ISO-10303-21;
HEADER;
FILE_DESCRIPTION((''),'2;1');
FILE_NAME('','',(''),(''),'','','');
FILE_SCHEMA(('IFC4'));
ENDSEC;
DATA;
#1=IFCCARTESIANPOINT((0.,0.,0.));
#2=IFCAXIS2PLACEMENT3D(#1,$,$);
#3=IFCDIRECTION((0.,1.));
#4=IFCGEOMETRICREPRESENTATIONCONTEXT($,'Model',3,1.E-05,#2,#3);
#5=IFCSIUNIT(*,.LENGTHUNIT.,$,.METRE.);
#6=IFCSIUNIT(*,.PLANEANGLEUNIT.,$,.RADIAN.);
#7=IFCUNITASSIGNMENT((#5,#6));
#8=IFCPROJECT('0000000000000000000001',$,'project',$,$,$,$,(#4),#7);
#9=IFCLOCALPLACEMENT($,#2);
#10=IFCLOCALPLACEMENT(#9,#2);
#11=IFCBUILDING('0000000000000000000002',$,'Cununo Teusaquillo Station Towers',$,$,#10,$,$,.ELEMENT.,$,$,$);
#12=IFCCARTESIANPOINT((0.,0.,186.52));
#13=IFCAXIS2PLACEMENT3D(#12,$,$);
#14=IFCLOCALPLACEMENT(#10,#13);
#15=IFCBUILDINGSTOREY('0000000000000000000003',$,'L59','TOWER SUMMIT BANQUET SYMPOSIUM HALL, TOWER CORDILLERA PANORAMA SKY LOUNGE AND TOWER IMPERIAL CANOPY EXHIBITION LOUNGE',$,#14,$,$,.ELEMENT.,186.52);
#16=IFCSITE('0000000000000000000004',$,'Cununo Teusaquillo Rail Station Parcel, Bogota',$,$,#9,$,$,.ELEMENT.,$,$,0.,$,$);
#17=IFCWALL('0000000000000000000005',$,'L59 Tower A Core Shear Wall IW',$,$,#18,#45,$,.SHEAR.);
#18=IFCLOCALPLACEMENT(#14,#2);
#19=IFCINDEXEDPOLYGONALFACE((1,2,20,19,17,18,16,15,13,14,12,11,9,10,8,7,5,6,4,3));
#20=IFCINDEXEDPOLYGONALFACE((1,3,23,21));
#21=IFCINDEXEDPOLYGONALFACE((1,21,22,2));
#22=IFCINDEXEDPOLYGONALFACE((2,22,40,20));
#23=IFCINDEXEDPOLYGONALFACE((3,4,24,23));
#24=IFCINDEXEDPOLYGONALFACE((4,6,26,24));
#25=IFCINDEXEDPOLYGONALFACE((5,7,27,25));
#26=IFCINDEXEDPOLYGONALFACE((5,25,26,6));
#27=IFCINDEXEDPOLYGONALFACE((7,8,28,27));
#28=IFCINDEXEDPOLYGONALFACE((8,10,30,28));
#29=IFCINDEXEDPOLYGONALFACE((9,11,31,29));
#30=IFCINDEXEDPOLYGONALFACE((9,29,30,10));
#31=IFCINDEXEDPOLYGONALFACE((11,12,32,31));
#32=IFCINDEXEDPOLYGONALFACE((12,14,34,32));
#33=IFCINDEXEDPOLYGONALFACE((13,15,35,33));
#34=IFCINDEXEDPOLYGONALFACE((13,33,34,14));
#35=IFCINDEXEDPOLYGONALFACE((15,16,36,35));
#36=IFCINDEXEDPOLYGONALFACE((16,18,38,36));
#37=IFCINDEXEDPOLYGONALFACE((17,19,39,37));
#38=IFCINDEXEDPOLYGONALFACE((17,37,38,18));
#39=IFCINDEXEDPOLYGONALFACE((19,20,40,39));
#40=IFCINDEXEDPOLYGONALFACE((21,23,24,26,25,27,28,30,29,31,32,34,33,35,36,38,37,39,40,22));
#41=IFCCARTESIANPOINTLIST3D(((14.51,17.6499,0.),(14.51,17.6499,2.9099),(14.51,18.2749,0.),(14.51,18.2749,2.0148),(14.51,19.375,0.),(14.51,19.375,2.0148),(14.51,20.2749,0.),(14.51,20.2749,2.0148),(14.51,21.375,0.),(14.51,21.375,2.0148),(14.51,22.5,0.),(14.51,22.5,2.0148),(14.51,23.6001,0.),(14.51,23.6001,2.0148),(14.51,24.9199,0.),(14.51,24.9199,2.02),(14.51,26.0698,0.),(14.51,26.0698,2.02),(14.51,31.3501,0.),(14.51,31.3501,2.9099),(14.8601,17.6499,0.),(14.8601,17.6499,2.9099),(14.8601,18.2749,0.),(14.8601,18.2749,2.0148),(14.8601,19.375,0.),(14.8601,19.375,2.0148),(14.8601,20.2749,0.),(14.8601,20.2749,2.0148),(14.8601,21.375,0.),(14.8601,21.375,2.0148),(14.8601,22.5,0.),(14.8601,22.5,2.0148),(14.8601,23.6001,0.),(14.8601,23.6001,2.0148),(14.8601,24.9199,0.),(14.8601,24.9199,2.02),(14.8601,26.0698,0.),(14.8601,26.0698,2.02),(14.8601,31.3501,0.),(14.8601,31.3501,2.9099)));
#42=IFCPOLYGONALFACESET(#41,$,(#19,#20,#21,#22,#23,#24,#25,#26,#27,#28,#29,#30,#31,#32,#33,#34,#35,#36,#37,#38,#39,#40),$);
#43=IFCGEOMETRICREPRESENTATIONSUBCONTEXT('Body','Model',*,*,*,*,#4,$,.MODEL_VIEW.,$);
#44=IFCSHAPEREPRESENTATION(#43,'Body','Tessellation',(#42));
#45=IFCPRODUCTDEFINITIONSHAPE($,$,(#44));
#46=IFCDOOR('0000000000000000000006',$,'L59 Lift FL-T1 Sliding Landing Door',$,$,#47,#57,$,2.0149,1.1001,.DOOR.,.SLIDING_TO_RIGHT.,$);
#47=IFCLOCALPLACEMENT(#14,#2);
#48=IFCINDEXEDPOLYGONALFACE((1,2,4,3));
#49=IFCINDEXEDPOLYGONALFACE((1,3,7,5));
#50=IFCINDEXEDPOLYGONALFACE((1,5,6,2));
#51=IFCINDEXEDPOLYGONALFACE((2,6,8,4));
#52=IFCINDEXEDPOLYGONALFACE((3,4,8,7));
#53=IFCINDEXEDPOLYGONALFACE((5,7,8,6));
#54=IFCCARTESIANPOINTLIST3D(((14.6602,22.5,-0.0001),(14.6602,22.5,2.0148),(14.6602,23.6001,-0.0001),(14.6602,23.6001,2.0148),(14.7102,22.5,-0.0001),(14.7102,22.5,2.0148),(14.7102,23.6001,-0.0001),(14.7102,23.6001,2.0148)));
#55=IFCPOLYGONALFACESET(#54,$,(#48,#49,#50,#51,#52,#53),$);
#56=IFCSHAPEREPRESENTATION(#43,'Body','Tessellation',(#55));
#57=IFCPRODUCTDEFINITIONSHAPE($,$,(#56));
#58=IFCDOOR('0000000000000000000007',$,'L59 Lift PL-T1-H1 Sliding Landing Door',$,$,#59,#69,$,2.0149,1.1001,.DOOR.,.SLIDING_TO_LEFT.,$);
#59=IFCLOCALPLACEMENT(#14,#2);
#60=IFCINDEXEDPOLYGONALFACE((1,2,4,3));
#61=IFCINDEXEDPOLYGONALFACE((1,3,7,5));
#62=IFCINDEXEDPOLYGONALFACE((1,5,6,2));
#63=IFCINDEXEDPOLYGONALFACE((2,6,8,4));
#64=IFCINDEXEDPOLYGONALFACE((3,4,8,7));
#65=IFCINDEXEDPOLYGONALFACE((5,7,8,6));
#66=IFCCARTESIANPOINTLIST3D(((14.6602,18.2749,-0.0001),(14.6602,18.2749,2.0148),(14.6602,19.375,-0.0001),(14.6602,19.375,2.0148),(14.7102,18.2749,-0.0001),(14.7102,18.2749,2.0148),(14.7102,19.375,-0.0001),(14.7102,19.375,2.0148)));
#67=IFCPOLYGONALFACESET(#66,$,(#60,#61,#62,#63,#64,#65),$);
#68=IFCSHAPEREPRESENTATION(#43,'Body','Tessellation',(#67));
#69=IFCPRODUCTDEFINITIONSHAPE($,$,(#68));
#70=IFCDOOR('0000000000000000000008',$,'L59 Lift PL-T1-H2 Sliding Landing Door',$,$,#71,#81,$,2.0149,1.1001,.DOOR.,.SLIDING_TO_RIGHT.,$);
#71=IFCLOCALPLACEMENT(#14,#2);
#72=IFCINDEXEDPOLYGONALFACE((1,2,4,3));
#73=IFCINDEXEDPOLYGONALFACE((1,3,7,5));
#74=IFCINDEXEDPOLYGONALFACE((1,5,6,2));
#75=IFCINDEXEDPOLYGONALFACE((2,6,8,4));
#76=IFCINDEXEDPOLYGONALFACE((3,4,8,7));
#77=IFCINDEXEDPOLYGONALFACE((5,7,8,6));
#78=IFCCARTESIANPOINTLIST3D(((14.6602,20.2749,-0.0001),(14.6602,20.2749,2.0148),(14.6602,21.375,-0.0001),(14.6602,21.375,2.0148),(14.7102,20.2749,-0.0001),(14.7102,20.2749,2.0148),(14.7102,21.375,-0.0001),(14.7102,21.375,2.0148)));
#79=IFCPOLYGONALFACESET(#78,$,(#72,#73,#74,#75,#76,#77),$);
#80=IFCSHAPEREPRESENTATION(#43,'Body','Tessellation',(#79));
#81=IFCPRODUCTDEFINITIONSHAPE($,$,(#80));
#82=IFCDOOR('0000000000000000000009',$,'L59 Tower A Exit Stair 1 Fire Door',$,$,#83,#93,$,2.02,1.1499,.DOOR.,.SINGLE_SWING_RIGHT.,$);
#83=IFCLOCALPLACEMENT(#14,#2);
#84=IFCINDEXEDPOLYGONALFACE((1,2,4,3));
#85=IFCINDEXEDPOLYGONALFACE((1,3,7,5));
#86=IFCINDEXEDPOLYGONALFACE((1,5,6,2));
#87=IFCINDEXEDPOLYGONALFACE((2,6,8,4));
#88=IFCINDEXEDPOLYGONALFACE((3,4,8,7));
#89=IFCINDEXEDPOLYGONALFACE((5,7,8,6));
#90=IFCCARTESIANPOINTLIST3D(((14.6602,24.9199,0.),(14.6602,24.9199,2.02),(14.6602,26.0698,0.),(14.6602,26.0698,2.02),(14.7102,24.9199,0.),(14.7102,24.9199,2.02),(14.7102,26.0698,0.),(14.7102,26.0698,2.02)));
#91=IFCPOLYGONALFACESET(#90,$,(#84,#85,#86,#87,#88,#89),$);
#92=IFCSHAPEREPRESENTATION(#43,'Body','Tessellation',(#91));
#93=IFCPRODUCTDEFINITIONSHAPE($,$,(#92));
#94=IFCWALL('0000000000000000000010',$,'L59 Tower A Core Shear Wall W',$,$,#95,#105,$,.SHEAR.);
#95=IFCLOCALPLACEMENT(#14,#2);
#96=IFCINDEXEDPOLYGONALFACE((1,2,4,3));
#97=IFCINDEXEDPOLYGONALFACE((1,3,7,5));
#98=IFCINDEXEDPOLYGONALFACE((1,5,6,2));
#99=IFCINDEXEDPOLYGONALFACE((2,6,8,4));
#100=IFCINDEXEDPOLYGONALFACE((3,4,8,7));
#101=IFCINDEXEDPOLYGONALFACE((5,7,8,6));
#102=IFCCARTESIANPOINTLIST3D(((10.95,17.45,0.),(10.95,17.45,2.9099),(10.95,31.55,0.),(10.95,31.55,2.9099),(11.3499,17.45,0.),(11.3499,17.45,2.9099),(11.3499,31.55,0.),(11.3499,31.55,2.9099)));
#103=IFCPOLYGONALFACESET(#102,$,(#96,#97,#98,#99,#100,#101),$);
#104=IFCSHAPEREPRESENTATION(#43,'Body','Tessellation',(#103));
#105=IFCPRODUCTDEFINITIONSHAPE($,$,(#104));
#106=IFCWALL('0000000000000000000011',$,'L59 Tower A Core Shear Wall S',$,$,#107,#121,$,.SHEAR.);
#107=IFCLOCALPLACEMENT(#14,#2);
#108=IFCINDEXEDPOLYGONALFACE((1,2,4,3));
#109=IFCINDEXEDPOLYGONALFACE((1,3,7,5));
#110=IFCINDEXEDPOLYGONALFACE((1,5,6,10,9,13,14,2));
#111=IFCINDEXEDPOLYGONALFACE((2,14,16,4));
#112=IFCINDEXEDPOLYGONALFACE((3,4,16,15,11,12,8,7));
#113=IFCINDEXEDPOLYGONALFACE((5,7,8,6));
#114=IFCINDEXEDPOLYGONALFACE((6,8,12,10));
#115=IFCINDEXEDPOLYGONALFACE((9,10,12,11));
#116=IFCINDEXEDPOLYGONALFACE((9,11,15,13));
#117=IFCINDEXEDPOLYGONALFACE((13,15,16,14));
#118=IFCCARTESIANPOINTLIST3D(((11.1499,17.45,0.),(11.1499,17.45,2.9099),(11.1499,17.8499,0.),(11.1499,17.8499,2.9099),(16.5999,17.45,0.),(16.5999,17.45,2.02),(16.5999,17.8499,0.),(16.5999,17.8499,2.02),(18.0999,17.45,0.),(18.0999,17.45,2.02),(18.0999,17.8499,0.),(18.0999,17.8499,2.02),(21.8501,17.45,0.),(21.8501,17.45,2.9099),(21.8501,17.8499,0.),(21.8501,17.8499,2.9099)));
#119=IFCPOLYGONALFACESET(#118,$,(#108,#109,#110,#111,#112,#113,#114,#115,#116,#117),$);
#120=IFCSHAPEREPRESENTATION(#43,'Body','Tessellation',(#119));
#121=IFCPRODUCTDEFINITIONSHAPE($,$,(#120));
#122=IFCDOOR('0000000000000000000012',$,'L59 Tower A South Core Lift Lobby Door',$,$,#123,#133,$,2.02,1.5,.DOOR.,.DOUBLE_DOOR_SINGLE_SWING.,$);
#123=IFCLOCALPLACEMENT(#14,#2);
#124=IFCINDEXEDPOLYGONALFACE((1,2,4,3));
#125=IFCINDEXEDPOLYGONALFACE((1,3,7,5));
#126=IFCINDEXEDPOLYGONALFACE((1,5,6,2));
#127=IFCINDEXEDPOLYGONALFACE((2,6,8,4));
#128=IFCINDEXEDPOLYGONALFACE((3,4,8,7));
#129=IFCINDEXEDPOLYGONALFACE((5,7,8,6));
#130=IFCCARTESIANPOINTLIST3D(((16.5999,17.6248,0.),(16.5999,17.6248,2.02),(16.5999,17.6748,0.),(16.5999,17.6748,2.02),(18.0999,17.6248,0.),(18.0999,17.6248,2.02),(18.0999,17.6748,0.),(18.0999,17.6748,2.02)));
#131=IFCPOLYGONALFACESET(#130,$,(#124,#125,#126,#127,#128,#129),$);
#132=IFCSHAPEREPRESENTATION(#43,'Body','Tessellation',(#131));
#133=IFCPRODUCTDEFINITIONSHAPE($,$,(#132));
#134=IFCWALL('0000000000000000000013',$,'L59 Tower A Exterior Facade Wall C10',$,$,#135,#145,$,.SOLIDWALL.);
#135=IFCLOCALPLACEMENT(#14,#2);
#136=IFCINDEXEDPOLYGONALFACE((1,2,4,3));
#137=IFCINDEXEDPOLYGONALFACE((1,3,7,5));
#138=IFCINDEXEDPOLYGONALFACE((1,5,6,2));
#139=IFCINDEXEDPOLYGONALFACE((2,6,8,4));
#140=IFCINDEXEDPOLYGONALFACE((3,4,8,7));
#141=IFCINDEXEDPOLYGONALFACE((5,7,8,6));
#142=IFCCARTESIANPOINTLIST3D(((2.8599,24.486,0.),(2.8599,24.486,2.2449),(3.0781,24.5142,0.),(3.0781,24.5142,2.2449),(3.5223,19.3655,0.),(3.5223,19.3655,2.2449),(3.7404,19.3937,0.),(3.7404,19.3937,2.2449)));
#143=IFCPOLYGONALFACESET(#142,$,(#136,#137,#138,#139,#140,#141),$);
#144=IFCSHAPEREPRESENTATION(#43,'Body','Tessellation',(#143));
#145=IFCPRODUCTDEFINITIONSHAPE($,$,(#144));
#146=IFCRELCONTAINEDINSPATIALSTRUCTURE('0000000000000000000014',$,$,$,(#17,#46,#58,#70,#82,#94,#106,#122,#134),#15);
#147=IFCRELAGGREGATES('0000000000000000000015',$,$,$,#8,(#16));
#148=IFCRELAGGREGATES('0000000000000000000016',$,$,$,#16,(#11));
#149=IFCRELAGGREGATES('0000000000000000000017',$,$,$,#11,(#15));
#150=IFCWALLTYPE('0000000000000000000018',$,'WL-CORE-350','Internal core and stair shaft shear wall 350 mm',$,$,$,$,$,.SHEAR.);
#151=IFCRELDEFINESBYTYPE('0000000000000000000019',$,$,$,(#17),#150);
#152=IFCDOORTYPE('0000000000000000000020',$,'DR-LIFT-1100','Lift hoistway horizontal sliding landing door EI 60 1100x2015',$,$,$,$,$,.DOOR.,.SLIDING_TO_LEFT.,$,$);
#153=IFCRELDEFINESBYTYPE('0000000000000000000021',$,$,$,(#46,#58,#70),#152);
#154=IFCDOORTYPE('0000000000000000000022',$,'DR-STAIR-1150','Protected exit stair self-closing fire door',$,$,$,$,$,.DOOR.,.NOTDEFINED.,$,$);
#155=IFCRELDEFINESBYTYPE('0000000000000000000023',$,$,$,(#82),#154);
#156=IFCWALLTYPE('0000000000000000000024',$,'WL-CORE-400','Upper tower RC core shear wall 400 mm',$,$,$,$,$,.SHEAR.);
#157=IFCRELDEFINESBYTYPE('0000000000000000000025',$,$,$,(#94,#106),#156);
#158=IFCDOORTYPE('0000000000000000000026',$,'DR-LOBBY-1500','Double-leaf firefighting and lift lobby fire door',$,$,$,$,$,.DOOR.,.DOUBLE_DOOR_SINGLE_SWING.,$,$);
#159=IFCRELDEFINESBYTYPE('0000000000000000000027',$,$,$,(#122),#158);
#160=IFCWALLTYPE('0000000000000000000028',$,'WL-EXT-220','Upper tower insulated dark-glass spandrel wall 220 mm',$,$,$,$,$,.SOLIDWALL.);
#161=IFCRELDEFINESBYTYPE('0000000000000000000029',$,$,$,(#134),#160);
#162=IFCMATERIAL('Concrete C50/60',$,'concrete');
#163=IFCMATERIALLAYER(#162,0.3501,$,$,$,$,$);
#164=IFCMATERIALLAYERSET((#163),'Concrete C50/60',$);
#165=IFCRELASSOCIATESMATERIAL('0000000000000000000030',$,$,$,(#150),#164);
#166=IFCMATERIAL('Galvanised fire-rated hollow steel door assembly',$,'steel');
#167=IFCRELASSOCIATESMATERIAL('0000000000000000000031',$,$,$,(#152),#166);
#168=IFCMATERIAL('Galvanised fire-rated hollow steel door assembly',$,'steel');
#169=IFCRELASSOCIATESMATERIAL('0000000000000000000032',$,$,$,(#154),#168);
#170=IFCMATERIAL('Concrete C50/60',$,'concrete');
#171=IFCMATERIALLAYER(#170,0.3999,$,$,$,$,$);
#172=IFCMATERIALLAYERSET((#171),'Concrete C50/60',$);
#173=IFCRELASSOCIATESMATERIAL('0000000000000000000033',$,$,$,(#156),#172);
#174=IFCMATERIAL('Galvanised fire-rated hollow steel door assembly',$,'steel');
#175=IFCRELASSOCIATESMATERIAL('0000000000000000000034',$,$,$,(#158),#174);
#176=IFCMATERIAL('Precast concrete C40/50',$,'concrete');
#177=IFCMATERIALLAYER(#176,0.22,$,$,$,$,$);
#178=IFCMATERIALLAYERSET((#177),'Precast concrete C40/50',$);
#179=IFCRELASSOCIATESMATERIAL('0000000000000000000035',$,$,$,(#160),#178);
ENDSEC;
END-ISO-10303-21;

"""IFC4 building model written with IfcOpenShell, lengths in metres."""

from ifc_helpers import new_model, si_unit, direction, frame, frame_2d, origin, place, context, subcontext, project, spatial, rectangle, extrude, source, transform, mapped, material, layer, layer_set, type_object, element, fill, save


model = new_model("IFC4")

# Units and contexts
model_context = context("Model", 3, precision=1e-05, world=origin(), true_north=direction((0.0, 1.0)))
body_context = subcontext(model_context, "Body", "Model", "MODEL_VIEW")
ifc_project = project(units=[si_unit("LENGTHUNIT", "METRE"), si_unit("PLANEANGLEUNIT", "RADIAN")], contexts=[model_context])

# Site, building, storey
site_placement = place(None, origin())
site = spatial("IfcSite", under=ifc_project, at=site_placement, Name="Cununo Teusaquillo Rail Station Parcel, Bogota", CompositionType="ELEMENT", RefElevation=0.0)
building_placement = place(site_placement, origin())
building = spatial("IfcBuilding", under=site, at=building_placement, Name="Cununo Teusaquillo Station Towers", CompositionType="ELEMENT")
storey_placement = place(building_placement, frame((0.0, 0.0, 186.52)))
storey = spatial("IfcBuildingStorey", under=building, at=storey_placement, Name="L59", Description="TOWER SUMMIT BANQUET SYMPOSIUM HALL, TOWER CORDILLERA PANORAMA SKY LOUNGE AND TOWER IMPERIAL CANOPY EXHIBITION LOUNGE", CompositionType="ELEMENT", Elevation=186.52)

# Wall, openings, doors
ifc_material_1 = material(Name="Concrete C50/60", Category="concrete")
ifc_layer_1 = layer(ifc_material_1, 0.3501)
ifc_layer_set_1 = layer_set([ifc_layer_1], Name="Concrete C50/60")
wall_type_1 = type_object("IfcWallType", Name="WL-CORE-350", Description="Internal core and stair shaft shear wall 350 mm", PredefinedType="SHEAR", material=ifc_layer_set_1)
wall_1_placement = place(storey_placement, frame((14.6851, 17.6499, 0.0), z_axis=(0.0, 0.0, 1.0), x_axis=(0.0, 1.0, 0.0)))
wall_1 = element("IfcWall", 1, at=wall_1_placement, inside=storey, type_object=wall_type_1, Name="L59 Tower A Core Shear Wall IW", PredefinedType="SHEAR", context=body_context, shape_type="SweptSolid", body=[
    extrude(rectangle(XDim=13.7002, YDim=0.3501, at=frame_2d((6.8501, 0.0))), origin(), (0.0, 0.0, 1.0), 2.9099),
])
shared_shape_1 = source(origin(), body_context, "Body", "SweptSolid", [
    extrude(rectangle(XDim=1.1001, YDim=2.0149, at=frame_2d((0.55, 1.0073))), frame((0.0, 0.1851, 0.0), z_axis=(0.0, -1.0, 0.0), x_axis=(1.0, 0.0, 0.0)), (0.0, 0.0, 1.0), 0.3701),
])
opening_1_placement = place(wall_1_placement, frame((4.8501, 0.0, 0.0)))
opening_1 = element("IfcOpeningElement", 2, at=opening_1_placement, cuts=wall_1, PredefinedType="OPENING", context=body_context, shape_type="MappedRepresentation", body=[
    mapped(shared_shape_1, transform((0.0, 0.0, 0.0), x_axis=(1.0, 0.0, 0.0), y_axis=(0.0, 1.0, 0.0), z_axis=(0.0, 0.0, 1.0), scale=1.0)),
])
opening_2_placement = place(wall_1_placement, frame((0.625, 0.0, 0.0)))
opening_2 = element("IfcOpeningElement", 3, at=opening_2_placement, cuts=wall_1, PredefinedType="OPENING", context=body_context, shape_type="MappedRepresentation", body=[
    mapped(shared_shape_1, transform((0.0, 0.0, 0.0), x_axis=(1.0, 0.0, 0.0), y_axis=(0.0, 1.0, 0.0), z_axis=(0.0, 0.0, 1.0), scale=1.0)),
])
opening_3_placement = place(wall_1_placement, frame((2.625, 0.0, 0.0)))
opening_3 = element("IfcOpeningElement", 4, at=opening_3_placement, cuts=wall_1, PredefinedType="OPENING", context=body_context, shape_type="MappedRepresentation", body=[
    mapped(shared_shape_1, transform((0.0, 0.0, 0.0), x_axis=(1.0, 0.0, 0.0), y_axis=(0.0, 1.0, 0.0), z_axis=(0.0, 0.0, 1.0), scale=1.0)),
])
shared_shape_2 = source(origin(), body_context, "Body", "SweptSolid", [
    extrude(rectangle(XDim=1.1499, YDim=2.02, at=frame_2d((0.575, 1.01))), frame((0.0, 0.1851, 0.0), z_axis=(0.0, -1.0, 0.0), x_axis=(1.0, 0.0, 0.0)), (0.0, 0.0, 1.0), 0.3701),
])
opening_4_placement = place(wall_1_placement, frame((7.27, 0.0, 0.0)))
opening_4 = element("IfcOpeningElement", 5, at=opening_4_placement, cuts=wall_1, PredefinedType="OPENING", context=body_context, shape_type="MappedRepresentation", body=[
    mapped(shared_shape_2, transform((0.0, 0.0, 0.0), x_axis=(1.0, 0.0, 0.0), y_axis=(0.0, 1.0, 0.0), z_axis=(0.0, 0.0, 1.0), scale=1.0)),
])
ifc_material_2 = material(Name="Galvanised fire-rated hollow steel door assembly", Category="steel")
door_type_1 = type_object("IfcDoorType", Name="DR-LIFT-1100", Description="Lift hoistway horizontal sliding landing door EI 60 1100x2015", OperationType="SLIDING_TO_LEFT", PredefinedType="DOOR", material=ifc_material_2)
shared_shape_3 = source(origin(), body_context, "Body", "SweptSolid", [
    extrude(rectangle(XDim=1.1001, YDim=2.0149, at=frame_2d((0.55, 1.0073))), frame((0.0, 0.0249, 0.0), z_axis=(0.0, -1.0, 0.0), x_axis=(1.0, 0.0, 0.0)), (0.0, 0.0, 1.0), 0.05),
])
door_1_placement = place(opening_1_placement, origin())
door_1 = element("IfcDoor", 6, at=door_1_placement, inside=storey, type_object=door_type_1, Name="L59 Lift FL-T1 Sliding Landing Door", OperationType="SLIDING_TO_RIGHT", OverallHeight=2.0149, OverallWidth=1.1001, PredefinedType="DOOR", context=body_context, shape_type="MappedRepresentation", body=[
    mapped(shared_shape_3, transform((0.0, 0.0, 0.0), x_axis=(1.0, 0.0, 0.0), y_axis=(0.0, 1.0, 0.0), z_axis=(0.0, 0.0, 1.0), scale=1.0)),
])
fill(opening_1, door_1)
door_2_placement = place(opening_2_placement, origin())
door_2 = element("IfcDoor", 7, at=door_2_placement, inside=storey, type_object=door_type_1, Name="L59 Lift PL-T1-H1 Sliding Landing Door", OperationType="SLIDING_TO_LEFT", OverallHeight=2.0149, OverallWidth=1.1001, PredefinedType="DOOR", context=body_context, shape_type="MappedRepresentation", body=[
    mapped(shared_shape_3, transform((0.0, 0.0, 0.0), x_axis=(1.0, 0.0, 0.0), y_axis=(0.0, 1.0, 0.0), z_axis=(0.0, 0.0, 1.0), scale=1.0)),
])
fill(opening_2, door_2)
door_3_placement = place(opening_3_placement, origin())
door_3 = element("IfcDoor", 8, at=door_3_placement, inside=storey, type_object=door_type_1, Name="L59 Lift PL-T1-H2 Sliding Landing Door", OperationType="SLIDING_TO_RIGHT", OverallHeight=2.0149, OverallWidth=1.1001, PredefinedType="DOOR", context=body_context, shape_type="MappedRepresentation", body=[
    mapped(shared_shape_3, transform((0.0, 0.0, 0.0), x_axis=(1.0, 0.0, 0.0), y_axis=(0.0, 1.0, 0.0), z_axis=(0.0, 0.0, 1.0), scale=1.0)),
])
fill(opening_3, door_3)
ifc_material_3 = material(Name="Galvanised fire-rated hollow steel door assembly", Category="steel")
door_type_2 = type_object("IfcDoorType", Name="DR-STAIR-1150", Description="Protected exit stair self-closing fire door", OperationType="NOTDEFINED", PredefinedType="DOOR", material=ifc_material_3)
shared_shape_4 = source(origin(), body_context, "Body", "SweptSolid", [
    extrude(rectangle(XDim=1.1499, YDim=2.02, at=frame_2d((0.575, 1.01))), frame((0.0, 0.0249, 0.0), z_axis=(0.0, -1.0, 0.0), x_axis=(1.0, 0.0, 0.0)), (0.0, 0.0, 1.0), 0.05),
])
door_4_placement = place(opening_4_placement, origin())
door_4 = element("IfcDoor", 9, at=door_4_placement, inside=storey, type_object=door_type_2, Name="L59 Tower A Exit Stair 1 Fire Door", OperationType="SINGLE_SWING_RIGHT", OverallHeight=2.02, OverallWidth=1.1499, PredefinedType="DOOR", context=body_context, shape_type="MappedRepresentation", body=[
    mapped(shared_shape_4, transform((0.0, 0.0, 0.0), x_axis=(1.0, 0.0, 0.0), y_axis=(0.0, 1.0, 0.0), z_axis=(0.0, 0.0, 1.0), scale=1.0)),
])
fill(opening_4, door_4)

# Wall
ifc_material_4 = material(Name="Concrete C50/60", Category="concrete")
ifc_layer_2 = layer(ifc_material_4, 0.3999)
ifc_layer_set_2 = layer_set([ifc_layer_2], Name="Concrete C50/60")
wall_type_2 = type_object("IfcWallType", Name="WL-CORE-400", Description="Upper tower RC core shear wall 400 mm", PredefinedType="SHEAR", material=ifc_layer_set_2)
wall_2_placement = place(storey_placement, frame((11.1499, 17.45, 0.0), z_axis=(0.0, 0.0, 1.0), x_axis=(0.0, 1.0, 0.0)))
element("IfcWall", 10, at=wall_2_placement, inside=storey, type_object=wall_type_2, Name="L59 Tower A Core Shear Wall W", PredefinedType="SHEAR", context=body_context, shape_type="SweptSolid", body=[
    extrude(rectangle(XDim=14.1001, YDim=0.3999, at=frame_2d((7.05, 0.0))), origin(), (0.0, 0.0, 1.0), 2.9099),
])

# Wall, opening, door
wall_3_placement = place(storey_placement, frame((11.1499, 17.6499, 0.0), z_axis=(0.0, 0.0, 1.0), x_axis=(1.0, 0.0, 0.0)))
wall_3 = element("IfcWall", 11, at=wall_3_placement, inside=storey, type_object=wall_type_2, Name="L59 Tower A Core Shear Wall S", PredefinedType="SHEAR", context=body_context, shape_type="SweptSolid", body=[
    extrude(rectangle(XDim=10.7002, YDim=0.3999, at=frame_2d((5.3501, 0.0))), origin(), (0.0, 0.0, 1.0), 2.9099),
])
shared_shape_5 = source(origin(), body_context, "Body", "SweptSolid", [
    extrude(rectangle(XDim=1.5, YDim=2.02, at=frame_2d((0.75, 1.01))), frame((0.0, 0.21, 0.0), z_axis=(0.0, -1.0, 0.0), x_axis=(1.0, 0.0, 0.0)), (0.0, 0.0, 1.0), 0.4199),
])
opening_5_placement = place(wall_3_placement, frame((5.45, 0.0, 0.0)))
opening_5 = element("IfcOpeningElement", 12, at=opening_5_placement, cuts=wall_3, PredefinedType="OPENING", context=body_context, shape_type="MappedRepresentation", body=[
    mapped(shared_shape_5, transform((0.0, 0.0, 0.0), x_axis=(1.0, 0.0, 0.0), y_axis=(0.0, 1.0, 0.0), z_axis=(0.0, 0.0, 1.0), scale=1.0)),
])
ifc_material_5 = material(Name="Galvanised fire-rated hollow steel door assembly", Category="steel")
door_type_3 = type_object("IfcDoorType", Name="DR-LOBBY-1500", Description="Double-leaf firefighting and lift lobby fire door", OperationType="DOUBLE_DOOR_SINGLE_SWING", PredefinedType="DOOR", material=ifc_material_5)
shared_shape_6 = source(origin(), body_context, "Body", "SweptSolid", [
    extrude(rectangle(XDim=1.5, YDim=2.02, at=frame_2d((0.75, 1.01))), frame((0.0, 0.0249, 0.0), z_axis=(0.0, -1.0, 0.0), x_axis=(1.0, 0.0, 0.0)), (0.0, 0.0, 1.0), 0.05),
])
door_5_placement = place(opening_5_placement, origin())
door_5 = element("IfcDoor", 13, at=door_5_placement, inside=storey, type_object=door_type_3, Name="L59 Tower A South Core Lift Lobby Door", OperationType="DOUBLE_DOOR_SINGLE_SWING", OverallHeight=2.02, OverallWidth=1.5, PredefinedType="DOOR", context=body_context, shape_type="MappedRepresentation", body=[
    mapped(shared_shape_6, transform((0.0, 0.0, 0.0), x_axis=(1.0, 0.0, 0.0), y_axis=(0.0, 1.0, 0.0), z_axis=(0.0, 0.0, 1.0), scale=1.0)),
])
fill(opening_5, door_5)

# Wall
ifc_material_6 = material(Name="Precast concrete C40/50", Category="concrete")
ifc_layer_3 = layer(ifc_material_6, 0.22)
ifc_layer_set_3 = layer_set([ifc_layer_3], Name="Precast concrete C40/50")
wall_type_3 = type_object("IfcWallType", Name="WL-EXT-220", Description="Upper tower insulated dark-glass spandrel wall 220 mm", PredefinedType="SOLIDWALL", material=ifc_layer_set_3)
wall_4_placement = place(storey_placement, frame((3.6313, 19.3796, 0.0), z_axis=(0.0, 0.0, 1.0), x_axis=(-0.128288, 0.991737, 0.0)))
element("IfcWall", 14, at=wall_4_placement, inside=storey, type_object=wall_type_3, Name="L59 Tower A Exterior Facade Wall C10", PredefinedType="SOLIDWALL", context=body_context, shape_type="SweptSolid", body=[
    extrude(rectangle(XDim=5.1631, YDim=0.22, at=frame_2d((2.5815, 0.0))), origin(), (0.0, 0.0, 1.0), 2.2449),
])

save(model, "model.ifc")
